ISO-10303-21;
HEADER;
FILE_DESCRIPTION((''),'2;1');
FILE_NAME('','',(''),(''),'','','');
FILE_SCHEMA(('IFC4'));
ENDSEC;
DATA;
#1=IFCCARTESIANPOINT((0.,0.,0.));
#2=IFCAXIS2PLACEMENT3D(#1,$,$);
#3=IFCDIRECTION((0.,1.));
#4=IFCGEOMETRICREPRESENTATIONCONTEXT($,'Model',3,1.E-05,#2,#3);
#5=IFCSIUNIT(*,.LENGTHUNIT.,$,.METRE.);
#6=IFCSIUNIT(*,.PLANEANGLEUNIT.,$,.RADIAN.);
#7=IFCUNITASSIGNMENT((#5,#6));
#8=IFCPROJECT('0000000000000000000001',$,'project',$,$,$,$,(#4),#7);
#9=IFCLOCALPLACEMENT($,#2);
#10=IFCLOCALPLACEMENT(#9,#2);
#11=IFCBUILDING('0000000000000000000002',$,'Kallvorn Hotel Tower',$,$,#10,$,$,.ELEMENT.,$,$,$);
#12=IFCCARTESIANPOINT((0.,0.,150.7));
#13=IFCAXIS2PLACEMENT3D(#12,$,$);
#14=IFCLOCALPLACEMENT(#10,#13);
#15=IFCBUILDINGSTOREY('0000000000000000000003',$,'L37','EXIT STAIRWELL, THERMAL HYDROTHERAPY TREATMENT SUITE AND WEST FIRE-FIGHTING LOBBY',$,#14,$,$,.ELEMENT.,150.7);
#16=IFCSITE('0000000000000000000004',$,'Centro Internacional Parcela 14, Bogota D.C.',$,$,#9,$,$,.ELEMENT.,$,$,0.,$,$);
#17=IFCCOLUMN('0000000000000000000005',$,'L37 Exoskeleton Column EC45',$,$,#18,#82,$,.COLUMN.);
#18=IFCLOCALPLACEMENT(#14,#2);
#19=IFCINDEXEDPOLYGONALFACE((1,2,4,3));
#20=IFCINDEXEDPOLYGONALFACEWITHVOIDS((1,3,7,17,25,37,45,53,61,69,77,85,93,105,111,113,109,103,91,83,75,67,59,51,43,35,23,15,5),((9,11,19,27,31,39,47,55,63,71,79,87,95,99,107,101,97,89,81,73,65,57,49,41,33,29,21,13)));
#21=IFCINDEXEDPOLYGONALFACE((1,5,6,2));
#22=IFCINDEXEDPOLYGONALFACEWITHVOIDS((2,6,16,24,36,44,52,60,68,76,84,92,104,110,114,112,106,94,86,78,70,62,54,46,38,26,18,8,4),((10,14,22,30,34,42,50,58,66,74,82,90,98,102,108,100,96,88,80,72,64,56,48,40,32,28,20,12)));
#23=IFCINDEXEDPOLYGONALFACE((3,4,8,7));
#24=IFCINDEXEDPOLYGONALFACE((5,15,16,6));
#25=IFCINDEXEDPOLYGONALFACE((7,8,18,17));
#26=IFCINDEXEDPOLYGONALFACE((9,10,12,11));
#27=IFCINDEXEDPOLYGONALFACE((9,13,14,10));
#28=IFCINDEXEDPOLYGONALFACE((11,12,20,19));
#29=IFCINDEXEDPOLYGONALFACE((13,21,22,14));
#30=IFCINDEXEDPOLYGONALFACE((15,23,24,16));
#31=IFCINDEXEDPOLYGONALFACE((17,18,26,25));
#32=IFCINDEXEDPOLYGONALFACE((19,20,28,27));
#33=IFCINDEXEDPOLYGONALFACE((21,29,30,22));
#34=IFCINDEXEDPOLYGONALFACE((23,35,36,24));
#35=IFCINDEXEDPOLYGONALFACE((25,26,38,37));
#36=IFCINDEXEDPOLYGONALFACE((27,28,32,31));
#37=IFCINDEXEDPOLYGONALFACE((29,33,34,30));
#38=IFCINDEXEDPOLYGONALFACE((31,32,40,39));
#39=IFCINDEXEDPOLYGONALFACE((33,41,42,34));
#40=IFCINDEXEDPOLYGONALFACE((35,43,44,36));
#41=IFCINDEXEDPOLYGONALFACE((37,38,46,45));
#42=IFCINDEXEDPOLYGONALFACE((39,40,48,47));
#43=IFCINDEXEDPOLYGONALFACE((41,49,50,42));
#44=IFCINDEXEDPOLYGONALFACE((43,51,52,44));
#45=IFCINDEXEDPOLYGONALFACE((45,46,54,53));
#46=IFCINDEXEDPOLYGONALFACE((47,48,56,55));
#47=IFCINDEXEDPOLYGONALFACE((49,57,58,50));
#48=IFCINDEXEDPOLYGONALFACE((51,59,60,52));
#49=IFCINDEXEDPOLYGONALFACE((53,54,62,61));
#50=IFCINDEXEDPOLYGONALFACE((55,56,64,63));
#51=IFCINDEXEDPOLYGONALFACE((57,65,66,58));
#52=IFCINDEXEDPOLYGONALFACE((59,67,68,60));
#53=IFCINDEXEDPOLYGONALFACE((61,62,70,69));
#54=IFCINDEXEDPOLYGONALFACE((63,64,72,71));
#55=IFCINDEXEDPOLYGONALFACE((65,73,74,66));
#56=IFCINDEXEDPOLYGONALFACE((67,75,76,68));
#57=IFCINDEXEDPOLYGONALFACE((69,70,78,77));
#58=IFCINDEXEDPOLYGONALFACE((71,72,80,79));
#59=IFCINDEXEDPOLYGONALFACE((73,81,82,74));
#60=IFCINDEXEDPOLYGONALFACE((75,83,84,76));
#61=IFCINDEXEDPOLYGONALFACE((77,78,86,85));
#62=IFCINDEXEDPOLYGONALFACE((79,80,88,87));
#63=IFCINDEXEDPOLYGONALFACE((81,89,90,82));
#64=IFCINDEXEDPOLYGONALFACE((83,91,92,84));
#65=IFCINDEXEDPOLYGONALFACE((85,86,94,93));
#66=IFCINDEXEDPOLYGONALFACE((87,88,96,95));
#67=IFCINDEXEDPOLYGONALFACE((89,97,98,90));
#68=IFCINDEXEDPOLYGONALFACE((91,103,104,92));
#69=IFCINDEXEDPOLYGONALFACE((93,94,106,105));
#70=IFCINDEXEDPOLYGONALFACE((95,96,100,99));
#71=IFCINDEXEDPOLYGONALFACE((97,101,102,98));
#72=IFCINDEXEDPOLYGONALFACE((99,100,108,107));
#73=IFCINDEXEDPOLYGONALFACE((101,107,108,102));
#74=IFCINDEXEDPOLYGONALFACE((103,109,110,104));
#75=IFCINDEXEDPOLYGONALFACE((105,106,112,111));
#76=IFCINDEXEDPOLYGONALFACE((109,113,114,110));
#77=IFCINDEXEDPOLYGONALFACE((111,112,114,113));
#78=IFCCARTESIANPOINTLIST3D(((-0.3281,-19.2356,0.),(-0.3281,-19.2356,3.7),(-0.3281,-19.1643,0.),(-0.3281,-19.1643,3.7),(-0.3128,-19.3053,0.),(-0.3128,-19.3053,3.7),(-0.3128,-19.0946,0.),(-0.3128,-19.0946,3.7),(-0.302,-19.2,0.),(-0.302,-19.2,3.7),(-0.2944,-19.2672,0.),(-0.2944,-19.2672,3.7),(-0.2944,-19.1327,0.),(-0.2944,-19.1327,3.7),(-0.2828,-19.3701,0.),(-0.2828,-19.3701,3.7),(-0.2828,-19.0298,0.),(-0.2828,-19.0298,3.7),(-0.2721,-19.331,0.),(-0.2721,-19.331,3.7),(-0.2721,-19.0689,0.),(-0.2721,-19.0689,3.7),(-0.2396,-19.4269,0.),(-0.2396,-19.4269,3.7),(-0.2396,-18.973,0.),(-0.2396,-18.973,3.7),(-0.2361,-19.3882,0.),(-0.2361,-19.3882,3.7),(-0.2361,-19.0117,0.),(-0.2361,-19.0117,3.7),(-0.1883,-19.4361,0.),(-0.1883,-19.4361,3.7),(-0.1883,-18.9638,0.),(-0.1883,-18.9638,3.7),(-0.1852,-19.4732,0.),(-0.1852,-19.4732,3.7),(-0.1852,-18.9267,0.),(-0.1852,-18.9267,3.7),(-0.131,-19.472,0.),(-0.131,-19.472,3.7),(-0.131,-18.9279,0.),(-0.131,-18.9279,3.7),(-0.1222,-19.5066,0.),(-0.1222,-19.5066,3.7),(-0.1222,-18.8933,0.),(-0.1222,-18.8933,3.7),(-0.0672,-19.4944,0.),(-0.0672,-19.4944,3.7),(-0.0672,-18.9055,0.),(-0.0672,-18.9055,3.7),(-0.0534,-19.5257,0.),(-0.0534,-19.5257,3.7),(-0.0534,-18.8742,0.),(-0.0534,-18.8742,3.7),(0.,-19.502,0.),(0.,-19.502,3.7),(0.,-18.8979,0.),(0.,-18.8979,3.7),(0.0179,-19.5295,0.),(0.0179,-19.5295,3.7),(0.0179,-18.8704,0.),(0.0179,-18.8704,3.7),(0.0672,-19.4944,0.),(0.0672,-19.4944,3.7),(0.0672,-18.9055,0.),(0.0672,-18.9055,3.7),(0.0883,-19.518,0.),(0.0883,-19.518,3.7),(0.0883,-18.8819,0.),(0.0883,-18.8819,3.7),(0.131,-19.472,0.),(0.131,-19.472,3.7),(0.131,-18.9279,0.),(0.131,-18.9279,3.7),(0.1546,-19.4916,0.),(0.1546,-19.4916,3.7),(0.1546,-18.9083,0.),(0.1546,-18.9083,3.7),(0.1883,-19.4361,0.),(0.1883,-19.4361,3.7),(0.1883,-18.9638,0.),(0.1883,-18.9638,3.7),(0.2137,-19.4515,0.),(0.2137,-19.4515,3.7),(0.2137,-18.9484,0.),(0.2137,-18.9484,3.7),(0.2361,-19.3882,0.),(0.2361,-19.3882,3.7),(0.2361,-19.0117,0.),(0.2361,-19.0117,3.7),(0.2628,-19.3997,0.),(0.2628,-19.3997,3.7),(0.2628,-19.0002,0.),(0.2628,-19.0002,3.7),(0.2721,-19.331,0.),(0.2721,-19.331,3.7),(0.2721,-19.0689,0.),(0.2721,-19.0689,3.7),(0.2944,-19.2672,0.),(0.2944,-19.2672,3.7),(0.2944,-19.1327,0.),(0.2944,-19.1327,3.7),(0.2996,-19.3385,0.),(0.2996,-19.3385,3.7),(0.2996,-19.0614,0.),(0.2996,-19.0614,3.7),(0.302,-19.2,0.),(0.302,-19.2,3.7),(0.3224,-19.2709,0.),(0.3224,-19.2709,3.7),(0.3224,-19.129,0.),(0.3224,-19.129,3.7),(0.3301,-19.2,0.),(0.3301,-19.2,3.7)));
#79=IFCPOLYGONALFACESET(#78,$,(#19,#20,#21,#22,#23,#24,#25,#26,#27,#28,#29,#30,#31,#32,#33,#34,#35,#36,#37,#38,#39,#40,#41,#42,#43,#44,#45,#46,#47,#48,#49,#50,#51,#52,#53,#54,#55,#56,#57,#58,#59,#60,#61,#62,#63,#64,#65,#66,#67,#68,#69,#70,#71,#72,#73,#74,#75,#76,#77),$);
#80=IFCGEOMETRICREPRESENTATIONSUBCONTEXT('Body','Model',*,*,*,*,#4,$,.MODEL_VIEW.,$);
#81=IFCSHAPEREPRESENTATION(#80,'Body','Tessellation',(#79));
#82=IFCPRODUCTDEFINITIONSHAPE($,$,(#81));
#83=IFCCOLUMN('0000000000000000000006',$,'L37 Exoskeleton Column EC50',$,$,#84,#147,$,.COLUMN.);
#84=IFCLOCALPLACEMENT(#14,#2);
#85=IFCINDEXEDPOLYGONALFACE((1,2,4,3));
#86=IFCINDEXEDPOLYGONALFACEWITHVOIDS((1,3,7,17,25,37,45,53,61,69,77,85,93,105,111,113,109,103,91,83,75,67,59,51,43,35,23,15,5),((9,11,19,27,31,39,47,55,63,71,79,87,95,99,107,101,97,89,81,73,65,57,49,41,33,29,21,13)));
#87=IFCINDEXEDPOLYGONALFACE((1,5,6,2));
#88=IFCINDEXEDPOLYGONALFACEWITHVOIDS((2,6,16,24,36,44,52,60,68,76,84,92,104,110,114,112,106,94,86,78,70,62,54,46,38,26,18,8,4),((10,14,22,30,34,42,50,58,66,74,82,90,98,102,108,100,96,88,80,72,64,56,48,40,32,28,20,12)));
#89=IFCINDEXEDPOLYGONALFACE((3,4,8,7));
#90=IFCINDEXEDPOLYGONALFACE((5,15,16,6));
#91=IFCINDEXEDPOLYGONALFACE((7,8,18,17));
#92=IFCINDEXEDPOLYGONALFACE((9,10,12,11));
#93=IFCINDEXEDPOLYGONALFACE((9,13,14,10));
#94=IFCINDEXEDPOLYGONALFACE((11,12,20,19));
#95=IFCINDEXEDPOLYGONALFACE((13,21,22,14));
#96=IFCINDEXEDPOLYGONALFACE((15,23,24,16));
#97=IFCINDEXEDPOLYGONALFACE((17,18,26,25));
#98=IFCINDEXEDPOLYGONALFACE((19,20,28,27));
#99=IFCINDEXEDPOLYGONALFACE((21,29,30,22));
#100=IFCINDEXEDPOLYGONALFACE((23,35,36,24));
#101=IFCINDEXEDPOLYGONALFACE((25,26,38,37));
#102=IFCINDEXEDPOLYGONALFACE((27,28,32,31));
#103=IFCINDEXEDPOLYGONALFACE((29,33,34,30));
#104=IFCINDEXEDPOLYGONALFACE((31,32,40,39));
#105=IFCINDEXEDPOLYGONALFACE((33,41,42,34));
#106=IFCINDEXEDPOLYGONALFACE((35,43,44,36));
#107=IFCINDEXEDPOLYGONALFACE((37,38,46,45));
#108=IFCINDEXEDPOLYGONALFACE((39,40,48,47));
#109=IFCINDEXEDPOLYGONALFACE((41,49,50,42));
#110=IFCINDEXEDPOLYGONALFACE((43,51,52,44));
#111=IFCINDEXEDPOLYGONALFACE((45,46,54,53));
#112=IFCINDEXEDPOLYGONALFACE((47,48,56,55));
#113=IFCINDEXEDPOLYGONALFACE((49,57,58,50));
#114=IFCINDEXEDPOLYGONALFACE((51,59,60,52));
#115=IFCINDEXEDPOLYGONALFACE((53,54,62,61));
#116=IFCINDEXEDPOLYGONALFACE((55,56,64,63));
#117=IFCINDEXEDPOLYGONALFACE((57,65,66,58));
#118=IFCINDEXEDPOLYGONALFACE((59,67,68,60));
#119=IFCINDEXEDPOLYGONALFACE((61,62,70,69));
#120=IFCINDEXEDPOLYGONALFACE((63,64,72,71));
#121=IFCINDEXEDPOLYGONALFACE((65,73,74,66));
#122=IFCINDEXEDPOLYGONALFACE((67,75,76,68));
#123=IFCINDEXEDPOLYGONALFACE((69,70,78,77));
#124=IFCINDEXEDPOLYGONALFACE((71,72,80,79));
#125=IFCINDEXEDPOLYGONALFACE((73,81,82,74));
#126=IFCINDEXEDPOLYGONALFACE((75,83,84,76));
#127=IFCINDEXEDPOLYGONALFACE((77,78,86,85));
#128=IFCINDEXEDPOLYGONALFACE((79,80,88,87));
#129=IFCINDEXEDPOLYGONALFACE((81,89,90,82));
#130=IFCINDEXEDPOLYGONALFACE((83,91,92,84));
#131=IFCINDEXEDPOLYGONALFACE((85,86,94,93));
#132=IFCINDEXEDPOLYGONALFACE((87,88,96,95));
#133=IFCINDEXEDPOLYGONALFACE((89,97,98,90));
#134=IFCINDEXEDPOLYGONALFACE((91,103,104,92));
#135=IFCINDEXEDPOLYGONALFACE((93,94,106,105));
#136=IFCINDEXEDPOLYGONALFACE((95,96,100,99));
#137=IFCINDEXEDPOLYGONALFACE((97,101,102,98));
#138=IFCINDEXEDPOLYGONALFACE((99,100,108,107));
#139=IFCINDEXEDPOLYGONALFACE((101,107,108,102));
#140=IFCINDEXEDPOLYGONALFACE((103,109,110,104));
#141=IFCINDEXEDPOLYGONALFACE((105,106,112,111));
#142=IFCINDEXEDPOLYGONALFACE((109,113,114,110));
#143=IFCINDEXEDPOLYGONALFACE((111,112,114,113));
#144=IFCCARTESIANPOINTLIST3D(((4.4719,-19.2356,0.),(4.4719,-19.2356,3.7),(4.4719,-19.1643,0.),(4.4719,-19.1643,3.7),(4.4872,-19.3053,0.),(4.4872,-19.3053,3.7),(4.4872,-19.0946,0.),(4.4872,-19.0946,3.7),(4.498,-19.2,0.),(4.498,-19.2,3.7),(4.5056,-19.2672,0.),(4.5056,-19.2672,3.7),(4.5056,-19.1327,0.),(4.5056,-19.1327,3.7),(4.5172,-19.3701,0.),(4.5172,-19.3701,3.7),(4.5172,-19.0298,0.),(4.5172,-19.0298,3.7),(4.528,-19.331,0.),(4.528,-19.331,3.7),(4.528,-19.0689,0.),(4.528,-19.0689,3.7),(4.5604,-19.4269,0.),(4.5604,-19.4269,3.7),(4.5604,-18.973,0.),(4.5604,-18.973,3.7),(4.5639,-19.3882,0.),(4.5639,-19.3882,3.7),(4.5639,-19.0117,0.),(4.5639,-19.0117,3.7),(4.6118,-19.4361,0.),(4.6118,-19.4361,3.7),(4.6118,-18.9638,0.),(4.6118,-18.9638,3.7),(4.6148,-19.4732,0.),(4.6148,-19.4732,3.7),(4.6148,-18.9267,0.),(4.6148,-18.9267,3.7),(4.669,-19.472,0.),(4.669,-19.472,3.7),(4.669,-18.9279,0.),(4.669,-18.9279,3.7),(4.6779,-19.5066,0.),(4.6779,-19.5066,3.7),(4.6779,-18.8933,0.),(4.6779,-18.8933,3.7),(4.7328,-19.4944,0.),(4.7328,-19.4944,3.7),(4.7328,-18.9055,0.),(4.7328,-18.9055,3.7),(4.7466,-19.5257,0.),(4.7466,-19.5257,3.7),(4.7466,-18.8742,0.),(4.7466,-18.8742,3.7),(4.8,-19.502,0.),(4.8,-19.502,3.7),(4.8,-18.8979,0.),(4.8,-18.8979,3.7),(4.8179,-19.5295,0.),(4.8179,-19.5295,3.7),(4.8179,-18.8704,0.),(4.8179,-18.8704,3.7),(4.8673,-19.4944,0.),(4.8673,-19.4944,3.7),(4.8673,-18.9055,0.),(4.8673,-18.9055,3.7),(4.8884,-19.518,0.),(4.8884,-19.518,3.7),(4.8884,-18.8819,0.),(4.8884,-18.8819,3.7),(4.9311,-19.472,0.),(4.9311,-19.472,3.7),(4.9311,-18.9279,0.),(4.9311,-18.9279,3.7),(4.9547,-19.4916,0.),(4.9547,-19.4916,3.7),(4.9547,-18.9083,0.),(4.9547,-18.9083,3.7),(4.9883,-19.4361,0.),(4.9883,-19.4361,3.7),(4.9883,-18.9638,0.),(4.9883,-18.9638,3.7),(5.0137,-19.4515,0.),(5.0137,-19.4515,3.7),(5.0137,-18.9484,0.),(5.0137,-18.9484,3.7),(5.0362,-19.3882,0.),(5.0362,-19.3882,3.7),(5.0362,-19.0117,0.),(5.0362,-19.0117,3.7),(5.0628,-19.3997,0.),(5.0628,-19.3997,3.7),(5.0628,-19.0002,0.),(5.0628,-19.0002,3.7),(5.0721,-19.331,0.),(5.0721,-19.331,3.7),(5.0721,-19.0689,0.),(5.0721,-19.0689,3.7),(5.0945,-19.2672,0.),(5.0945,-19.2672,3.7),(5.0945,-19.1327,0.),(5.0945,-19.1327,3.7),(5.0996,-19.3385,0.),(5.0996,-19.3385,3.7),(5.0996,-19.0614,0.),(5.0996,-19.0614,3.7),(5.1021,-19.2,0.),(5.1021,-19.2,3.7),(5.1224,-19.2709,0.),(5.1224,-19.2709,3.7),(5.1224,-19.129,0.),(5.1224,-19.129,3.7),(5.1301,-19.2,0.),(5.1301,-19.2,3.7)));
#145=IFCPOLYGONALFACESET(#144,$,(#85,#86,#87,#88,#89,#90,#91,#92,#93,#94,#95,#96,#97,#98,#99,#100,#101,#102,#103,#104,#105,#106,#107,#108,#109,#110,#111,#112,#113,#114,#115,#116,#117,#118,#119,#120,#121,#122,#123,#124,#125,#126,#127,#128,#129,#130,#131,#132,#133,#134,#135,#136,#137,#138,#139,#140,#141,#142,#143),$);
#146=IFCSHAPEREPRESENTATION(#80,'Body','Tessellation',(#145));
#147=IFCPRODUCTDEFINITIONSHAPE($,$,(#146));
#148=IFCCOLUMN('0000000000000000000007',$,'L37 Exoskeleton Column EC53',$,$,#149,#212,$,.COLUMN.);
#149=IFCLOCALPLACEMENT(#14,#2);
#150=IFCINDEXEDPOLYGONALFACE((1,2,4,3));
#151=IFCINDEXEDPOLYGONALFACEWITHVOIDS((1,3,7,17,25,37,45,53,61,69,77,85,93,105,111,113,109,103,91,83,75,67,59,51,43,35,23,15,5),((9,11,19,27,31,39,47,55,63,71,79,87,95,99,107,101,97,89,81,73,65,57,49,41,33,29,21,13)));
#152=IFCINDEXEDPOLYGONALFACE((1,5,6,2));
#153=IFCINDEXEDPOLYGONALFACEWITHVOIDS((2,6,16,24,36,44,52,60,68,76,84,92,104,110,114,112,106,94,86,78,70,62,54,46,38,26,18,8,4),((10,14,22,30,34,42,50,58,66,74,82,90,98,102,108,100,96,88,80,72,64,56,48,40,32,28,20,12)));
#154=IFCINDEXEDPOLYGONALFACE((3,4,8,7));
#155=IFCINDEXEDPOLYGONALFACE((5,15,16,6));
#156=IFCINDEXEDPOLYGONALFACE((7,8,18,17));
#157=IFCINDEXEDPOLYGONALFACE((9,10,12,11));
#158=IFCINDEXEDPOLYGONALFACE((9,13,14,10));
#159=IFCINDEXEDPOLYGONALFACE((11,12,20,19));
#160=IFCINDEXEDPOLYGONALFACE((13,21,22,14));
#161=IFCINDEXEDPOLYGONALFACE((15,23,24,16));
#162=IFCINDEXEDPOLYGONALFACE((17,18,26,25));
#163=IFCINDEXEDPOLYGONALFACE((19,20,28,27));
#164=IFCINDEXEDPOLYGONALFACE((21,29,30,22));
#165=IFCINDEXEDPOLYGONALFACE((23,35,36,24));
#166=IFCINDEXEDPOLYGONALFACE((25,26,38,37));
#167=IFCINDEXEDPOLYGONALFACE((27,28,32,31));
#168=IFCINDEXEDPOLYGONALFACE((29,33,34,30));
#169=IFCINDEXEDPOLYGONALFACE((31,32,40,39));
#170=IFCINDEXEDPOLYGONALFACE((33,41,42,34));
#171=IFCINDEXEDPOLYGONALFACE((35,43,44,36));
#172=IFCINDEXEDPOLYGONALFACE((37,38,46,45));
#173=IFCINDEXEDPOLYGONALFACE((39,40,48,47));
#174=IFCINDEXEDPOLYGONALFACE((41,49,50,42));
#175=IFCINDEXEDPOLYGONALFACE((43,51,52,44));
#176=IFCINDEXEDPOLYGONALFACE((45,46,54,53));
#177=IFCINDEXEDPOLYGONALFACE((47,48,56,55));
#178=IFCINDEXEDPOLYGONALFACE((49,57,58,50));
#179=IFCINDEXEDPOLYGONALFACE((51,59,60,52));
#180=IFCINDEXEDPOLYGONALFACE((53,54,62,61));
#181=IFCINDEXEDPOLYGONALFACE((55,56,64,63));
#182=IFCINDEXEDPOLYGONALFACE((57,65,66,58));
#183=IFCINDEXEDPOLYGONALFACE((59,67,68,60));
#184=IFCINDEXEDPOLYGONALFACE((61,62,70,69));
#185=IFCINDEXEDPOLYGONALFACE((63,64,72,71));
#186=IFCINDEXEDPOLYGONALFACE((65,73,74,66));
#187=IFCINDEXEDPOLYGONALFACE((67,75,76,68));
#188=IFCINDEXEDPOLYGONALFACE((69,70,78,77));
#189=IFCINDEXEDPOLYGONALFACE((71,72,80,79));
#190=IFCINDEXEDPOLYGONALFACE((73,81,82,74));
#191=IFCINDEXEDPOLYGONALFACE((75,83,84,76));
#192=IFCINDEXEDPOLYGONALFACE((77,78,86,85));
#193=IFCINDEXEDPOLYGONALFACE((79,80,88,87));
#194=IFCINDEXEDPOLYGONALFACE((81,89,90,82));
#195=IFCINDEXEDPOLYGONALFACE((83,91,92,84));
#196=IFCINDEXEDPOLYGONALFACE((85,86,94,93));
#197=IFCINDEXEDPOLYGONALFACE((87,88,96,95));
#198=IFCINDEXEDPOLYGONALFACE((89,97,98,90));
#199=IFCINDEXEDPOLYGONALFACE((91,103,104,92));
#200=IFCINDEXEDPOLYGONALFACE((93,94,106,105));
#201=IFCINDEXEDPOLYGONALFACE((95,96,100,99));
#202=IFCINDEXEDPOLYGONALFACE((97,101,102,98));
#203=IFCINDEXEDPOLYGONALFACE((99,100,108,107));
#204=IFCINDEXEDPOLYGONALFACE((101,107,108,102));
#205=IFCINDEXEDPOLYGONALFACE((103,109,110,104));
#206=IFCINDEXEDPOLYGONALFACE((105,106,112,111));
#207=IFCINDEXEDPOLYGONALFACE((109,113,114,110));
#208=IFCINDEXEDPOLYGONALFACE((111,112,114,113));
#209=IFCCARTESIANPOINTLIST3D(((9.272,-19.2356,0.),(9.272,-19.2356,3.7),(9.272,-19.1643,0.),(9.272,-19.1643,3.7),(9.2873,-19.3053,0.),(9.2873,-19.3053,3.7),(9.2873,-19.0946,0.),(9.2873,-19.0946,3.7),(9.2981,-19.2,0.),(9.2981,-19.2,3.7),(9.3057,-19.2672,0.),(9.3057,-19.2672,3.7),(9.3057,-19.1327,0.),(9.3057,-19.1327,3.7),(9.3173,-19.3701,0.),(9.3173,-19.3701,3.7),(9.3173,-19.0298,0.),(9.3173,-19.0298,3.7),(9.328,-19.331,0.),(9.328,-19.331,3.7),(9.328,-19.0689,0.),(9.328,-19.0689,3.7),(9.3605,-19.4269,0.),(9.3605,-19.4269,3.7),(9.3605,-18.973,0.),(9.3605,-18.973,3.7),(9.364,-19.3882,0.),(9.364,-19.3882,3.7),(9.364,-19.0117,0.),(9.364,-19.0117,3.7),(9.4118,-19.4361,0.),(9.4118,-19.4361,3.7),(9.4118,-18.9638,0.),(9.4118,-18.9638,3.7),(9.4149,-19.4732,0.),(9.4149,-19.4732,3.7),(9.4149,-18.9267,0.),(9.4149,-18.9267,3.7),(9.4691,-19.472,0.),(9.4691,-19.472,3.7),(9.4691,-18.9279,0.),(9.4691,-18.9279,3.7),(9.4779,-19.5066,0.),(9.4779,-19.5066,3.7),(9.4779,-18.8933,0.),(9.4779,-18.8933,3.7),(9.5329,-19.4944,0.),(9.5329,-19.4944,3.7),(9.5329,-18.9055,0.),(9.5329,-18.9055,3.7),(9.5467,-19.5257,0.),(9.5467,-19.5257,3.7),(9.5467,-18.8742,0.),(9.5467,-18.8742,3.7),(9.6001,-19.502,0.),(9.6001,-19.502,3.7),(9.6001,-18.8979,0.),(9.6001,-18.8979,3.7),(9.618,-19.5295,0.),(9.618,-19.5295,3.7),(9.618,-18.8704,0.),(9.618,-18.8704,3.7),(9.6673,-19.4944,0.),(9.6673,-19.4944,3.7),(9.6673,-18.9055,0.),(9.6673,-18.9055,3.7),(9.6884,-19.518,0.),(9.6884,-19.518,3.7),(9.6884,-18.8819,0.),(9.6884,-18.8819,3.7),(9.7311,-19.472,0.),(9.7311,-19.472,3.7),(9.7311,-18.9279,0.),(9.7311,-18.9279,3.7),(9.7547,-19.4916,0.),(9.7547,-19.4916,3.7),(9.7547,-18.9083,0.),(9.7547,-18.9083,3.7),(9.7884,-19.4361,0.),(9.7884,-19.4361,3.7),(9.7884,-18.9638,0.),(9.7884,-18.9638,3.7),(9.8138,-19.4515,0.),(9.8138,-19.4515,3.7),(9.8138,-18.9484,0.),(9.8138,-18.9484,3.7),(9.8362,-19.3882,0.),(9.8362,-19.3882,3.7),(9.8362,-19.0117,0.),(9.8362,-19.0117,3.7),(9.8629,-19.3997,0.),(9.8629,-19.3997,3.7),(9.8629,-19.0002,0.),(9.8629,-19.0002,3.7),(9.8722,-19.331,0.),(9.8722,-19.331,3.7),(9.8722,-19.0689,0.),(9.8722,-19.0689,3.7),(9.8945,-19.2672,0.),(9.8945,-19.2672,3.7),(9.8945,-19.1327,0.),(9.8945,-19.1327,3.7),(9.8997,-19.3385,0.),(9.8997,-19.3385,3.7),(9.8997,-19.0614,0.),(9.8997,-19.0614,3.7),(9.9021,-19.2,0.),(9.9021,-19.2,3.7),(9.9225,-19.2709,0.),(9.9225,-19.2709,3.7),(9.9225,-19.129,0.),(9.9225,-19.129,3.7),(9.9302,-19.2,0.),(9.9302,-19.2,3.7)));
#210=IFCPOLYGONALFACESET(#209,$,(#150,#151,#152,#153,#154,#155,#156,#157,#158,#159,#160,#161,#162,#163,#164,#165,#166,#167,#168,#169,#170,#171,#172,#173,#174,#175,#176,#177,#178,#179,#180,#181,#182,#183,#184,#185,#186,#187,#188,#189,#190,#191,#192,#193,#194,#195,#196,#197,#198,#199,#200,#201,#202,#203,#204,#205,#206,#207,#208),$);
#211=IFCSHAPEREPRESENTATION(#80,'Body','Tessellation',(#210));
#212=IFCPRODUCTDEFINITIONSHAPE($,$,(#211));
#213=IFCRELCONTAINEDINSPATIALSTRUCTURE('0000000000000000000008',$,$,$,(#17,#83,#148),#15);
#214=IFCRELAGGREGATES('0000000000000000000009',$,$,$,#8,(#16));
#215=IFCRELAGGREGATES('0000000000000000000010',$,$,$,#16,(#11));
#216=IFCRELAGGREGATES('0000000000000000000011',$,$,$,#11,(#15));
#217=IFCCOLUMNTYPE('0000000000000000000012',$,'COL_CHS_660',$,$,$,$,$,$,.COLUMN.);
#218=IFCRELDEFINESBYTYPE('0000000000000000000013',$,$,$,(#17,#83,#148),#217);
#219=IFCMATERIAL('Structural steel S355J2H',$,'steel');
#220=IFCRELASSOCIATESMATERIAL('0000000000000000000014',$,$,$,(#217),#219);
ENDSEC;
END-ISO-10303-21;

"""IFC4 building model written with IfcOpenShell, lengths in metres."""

from ifc_helpers import new_model, si_unit, direction, frame, origin, origin_2d, place, context, subcontext, project, spatial, hollow_circle, extrude, material, material_profile, profile_set, type_object, element, save


model = new_model("IFC4")

# Units and contexts
model_context = context("Model", 3, precision=1e-05, world=origin(), true_north=direction((0.0, 1.0)))
body_context = subcontext(model_context, "Body", "Model", "MODEL_VIEW")
ifc_project = project(units=[si_unit("LENGTHUNIT", "METRE"), si_unit("PLANEANGLEUNIT", "RADIAN")], contexts=[model_context])

# Site, building, storey
site_placement = place(None, origin())
site = spatial("IfcSite", under=ifc_project, at=site_placement, Name="Centro Internacional Parcela 14, Bogota D.C.", CompositionType="ELEMENT", RefElevation=0.0)
building_placement = place(site_placement, origin())
building = spatial("IfcBuilding", under=site, at=building_placement, Name="Kallvorn Hotel Tower", CompositionType="ELEMENT")
storey_placement = place(building_placement, frame((0.0, 0.0, 150.7)))
storey = spatial("IfcBuildingStorey", under=building, at=storey_placement, Name="L37", Description="EXIT STAIRWELL, THERMAL HYDROTHERAPY TREATMENT SUITE AND WEST FIRE-FIGHTING LOBBY", CompositionType="ELEMENT", Elevation=150.7)

# Columns
ifc_material_1 = material(Name="Structural steel S355J2H", Category="steel")
ifc_material_profile_1 = material_profile(ifc_material_1, hollow_circle(Radius=0.3301, WallThickness=0.0281, at=origin_2d()), Name="CHS 660x28")
ifc_profile_set_1 = profile_set([ifc_material_profile_1], Name="Structural steel S355J2H")
column_type_1 = type_object("IfcColumnType", Name="COL_CHS_660", PredefinedType="COLUMN", material=ifc_profile_set_1)
for number, where, z_axis, x_axis, name in (
    (1, (0.0, -19.2, 0.0), (0.0, 0.0, 1.0), (1.0, 0.0, 0.0), "L37 Exoskeleton Column EC45"),
    (2, (4.8, -19.2, 0.0), (0.0, 0.0, 1.0), (1.0, 0.0, 0.0), "L37 Exoskeleton Column EC50"),
    (3, (9.6001, -19.2, 0.0), (0.0, 0.0, 1.0), (1.0, 0.0, 0.0), "L37 Exoskeleton Column EC53"),
):
    element("IfcColumn", number, at=place(storey_placement, frame(where, z_axis=z_axis, x_axis=x_axis)), inside=storey, type_object=column_type_1, Name=name, PredefinedType="COLUMN", context=body_context, shape_type="SweptSolid", body=[
        extrude(hollow_circle(Radius=0.3301, WallThickness=0.0281, at=origin_2d()), origin(), (0.0, 0.0, 1.0), 3.7),
    ])

save(model, "model.ifc")
